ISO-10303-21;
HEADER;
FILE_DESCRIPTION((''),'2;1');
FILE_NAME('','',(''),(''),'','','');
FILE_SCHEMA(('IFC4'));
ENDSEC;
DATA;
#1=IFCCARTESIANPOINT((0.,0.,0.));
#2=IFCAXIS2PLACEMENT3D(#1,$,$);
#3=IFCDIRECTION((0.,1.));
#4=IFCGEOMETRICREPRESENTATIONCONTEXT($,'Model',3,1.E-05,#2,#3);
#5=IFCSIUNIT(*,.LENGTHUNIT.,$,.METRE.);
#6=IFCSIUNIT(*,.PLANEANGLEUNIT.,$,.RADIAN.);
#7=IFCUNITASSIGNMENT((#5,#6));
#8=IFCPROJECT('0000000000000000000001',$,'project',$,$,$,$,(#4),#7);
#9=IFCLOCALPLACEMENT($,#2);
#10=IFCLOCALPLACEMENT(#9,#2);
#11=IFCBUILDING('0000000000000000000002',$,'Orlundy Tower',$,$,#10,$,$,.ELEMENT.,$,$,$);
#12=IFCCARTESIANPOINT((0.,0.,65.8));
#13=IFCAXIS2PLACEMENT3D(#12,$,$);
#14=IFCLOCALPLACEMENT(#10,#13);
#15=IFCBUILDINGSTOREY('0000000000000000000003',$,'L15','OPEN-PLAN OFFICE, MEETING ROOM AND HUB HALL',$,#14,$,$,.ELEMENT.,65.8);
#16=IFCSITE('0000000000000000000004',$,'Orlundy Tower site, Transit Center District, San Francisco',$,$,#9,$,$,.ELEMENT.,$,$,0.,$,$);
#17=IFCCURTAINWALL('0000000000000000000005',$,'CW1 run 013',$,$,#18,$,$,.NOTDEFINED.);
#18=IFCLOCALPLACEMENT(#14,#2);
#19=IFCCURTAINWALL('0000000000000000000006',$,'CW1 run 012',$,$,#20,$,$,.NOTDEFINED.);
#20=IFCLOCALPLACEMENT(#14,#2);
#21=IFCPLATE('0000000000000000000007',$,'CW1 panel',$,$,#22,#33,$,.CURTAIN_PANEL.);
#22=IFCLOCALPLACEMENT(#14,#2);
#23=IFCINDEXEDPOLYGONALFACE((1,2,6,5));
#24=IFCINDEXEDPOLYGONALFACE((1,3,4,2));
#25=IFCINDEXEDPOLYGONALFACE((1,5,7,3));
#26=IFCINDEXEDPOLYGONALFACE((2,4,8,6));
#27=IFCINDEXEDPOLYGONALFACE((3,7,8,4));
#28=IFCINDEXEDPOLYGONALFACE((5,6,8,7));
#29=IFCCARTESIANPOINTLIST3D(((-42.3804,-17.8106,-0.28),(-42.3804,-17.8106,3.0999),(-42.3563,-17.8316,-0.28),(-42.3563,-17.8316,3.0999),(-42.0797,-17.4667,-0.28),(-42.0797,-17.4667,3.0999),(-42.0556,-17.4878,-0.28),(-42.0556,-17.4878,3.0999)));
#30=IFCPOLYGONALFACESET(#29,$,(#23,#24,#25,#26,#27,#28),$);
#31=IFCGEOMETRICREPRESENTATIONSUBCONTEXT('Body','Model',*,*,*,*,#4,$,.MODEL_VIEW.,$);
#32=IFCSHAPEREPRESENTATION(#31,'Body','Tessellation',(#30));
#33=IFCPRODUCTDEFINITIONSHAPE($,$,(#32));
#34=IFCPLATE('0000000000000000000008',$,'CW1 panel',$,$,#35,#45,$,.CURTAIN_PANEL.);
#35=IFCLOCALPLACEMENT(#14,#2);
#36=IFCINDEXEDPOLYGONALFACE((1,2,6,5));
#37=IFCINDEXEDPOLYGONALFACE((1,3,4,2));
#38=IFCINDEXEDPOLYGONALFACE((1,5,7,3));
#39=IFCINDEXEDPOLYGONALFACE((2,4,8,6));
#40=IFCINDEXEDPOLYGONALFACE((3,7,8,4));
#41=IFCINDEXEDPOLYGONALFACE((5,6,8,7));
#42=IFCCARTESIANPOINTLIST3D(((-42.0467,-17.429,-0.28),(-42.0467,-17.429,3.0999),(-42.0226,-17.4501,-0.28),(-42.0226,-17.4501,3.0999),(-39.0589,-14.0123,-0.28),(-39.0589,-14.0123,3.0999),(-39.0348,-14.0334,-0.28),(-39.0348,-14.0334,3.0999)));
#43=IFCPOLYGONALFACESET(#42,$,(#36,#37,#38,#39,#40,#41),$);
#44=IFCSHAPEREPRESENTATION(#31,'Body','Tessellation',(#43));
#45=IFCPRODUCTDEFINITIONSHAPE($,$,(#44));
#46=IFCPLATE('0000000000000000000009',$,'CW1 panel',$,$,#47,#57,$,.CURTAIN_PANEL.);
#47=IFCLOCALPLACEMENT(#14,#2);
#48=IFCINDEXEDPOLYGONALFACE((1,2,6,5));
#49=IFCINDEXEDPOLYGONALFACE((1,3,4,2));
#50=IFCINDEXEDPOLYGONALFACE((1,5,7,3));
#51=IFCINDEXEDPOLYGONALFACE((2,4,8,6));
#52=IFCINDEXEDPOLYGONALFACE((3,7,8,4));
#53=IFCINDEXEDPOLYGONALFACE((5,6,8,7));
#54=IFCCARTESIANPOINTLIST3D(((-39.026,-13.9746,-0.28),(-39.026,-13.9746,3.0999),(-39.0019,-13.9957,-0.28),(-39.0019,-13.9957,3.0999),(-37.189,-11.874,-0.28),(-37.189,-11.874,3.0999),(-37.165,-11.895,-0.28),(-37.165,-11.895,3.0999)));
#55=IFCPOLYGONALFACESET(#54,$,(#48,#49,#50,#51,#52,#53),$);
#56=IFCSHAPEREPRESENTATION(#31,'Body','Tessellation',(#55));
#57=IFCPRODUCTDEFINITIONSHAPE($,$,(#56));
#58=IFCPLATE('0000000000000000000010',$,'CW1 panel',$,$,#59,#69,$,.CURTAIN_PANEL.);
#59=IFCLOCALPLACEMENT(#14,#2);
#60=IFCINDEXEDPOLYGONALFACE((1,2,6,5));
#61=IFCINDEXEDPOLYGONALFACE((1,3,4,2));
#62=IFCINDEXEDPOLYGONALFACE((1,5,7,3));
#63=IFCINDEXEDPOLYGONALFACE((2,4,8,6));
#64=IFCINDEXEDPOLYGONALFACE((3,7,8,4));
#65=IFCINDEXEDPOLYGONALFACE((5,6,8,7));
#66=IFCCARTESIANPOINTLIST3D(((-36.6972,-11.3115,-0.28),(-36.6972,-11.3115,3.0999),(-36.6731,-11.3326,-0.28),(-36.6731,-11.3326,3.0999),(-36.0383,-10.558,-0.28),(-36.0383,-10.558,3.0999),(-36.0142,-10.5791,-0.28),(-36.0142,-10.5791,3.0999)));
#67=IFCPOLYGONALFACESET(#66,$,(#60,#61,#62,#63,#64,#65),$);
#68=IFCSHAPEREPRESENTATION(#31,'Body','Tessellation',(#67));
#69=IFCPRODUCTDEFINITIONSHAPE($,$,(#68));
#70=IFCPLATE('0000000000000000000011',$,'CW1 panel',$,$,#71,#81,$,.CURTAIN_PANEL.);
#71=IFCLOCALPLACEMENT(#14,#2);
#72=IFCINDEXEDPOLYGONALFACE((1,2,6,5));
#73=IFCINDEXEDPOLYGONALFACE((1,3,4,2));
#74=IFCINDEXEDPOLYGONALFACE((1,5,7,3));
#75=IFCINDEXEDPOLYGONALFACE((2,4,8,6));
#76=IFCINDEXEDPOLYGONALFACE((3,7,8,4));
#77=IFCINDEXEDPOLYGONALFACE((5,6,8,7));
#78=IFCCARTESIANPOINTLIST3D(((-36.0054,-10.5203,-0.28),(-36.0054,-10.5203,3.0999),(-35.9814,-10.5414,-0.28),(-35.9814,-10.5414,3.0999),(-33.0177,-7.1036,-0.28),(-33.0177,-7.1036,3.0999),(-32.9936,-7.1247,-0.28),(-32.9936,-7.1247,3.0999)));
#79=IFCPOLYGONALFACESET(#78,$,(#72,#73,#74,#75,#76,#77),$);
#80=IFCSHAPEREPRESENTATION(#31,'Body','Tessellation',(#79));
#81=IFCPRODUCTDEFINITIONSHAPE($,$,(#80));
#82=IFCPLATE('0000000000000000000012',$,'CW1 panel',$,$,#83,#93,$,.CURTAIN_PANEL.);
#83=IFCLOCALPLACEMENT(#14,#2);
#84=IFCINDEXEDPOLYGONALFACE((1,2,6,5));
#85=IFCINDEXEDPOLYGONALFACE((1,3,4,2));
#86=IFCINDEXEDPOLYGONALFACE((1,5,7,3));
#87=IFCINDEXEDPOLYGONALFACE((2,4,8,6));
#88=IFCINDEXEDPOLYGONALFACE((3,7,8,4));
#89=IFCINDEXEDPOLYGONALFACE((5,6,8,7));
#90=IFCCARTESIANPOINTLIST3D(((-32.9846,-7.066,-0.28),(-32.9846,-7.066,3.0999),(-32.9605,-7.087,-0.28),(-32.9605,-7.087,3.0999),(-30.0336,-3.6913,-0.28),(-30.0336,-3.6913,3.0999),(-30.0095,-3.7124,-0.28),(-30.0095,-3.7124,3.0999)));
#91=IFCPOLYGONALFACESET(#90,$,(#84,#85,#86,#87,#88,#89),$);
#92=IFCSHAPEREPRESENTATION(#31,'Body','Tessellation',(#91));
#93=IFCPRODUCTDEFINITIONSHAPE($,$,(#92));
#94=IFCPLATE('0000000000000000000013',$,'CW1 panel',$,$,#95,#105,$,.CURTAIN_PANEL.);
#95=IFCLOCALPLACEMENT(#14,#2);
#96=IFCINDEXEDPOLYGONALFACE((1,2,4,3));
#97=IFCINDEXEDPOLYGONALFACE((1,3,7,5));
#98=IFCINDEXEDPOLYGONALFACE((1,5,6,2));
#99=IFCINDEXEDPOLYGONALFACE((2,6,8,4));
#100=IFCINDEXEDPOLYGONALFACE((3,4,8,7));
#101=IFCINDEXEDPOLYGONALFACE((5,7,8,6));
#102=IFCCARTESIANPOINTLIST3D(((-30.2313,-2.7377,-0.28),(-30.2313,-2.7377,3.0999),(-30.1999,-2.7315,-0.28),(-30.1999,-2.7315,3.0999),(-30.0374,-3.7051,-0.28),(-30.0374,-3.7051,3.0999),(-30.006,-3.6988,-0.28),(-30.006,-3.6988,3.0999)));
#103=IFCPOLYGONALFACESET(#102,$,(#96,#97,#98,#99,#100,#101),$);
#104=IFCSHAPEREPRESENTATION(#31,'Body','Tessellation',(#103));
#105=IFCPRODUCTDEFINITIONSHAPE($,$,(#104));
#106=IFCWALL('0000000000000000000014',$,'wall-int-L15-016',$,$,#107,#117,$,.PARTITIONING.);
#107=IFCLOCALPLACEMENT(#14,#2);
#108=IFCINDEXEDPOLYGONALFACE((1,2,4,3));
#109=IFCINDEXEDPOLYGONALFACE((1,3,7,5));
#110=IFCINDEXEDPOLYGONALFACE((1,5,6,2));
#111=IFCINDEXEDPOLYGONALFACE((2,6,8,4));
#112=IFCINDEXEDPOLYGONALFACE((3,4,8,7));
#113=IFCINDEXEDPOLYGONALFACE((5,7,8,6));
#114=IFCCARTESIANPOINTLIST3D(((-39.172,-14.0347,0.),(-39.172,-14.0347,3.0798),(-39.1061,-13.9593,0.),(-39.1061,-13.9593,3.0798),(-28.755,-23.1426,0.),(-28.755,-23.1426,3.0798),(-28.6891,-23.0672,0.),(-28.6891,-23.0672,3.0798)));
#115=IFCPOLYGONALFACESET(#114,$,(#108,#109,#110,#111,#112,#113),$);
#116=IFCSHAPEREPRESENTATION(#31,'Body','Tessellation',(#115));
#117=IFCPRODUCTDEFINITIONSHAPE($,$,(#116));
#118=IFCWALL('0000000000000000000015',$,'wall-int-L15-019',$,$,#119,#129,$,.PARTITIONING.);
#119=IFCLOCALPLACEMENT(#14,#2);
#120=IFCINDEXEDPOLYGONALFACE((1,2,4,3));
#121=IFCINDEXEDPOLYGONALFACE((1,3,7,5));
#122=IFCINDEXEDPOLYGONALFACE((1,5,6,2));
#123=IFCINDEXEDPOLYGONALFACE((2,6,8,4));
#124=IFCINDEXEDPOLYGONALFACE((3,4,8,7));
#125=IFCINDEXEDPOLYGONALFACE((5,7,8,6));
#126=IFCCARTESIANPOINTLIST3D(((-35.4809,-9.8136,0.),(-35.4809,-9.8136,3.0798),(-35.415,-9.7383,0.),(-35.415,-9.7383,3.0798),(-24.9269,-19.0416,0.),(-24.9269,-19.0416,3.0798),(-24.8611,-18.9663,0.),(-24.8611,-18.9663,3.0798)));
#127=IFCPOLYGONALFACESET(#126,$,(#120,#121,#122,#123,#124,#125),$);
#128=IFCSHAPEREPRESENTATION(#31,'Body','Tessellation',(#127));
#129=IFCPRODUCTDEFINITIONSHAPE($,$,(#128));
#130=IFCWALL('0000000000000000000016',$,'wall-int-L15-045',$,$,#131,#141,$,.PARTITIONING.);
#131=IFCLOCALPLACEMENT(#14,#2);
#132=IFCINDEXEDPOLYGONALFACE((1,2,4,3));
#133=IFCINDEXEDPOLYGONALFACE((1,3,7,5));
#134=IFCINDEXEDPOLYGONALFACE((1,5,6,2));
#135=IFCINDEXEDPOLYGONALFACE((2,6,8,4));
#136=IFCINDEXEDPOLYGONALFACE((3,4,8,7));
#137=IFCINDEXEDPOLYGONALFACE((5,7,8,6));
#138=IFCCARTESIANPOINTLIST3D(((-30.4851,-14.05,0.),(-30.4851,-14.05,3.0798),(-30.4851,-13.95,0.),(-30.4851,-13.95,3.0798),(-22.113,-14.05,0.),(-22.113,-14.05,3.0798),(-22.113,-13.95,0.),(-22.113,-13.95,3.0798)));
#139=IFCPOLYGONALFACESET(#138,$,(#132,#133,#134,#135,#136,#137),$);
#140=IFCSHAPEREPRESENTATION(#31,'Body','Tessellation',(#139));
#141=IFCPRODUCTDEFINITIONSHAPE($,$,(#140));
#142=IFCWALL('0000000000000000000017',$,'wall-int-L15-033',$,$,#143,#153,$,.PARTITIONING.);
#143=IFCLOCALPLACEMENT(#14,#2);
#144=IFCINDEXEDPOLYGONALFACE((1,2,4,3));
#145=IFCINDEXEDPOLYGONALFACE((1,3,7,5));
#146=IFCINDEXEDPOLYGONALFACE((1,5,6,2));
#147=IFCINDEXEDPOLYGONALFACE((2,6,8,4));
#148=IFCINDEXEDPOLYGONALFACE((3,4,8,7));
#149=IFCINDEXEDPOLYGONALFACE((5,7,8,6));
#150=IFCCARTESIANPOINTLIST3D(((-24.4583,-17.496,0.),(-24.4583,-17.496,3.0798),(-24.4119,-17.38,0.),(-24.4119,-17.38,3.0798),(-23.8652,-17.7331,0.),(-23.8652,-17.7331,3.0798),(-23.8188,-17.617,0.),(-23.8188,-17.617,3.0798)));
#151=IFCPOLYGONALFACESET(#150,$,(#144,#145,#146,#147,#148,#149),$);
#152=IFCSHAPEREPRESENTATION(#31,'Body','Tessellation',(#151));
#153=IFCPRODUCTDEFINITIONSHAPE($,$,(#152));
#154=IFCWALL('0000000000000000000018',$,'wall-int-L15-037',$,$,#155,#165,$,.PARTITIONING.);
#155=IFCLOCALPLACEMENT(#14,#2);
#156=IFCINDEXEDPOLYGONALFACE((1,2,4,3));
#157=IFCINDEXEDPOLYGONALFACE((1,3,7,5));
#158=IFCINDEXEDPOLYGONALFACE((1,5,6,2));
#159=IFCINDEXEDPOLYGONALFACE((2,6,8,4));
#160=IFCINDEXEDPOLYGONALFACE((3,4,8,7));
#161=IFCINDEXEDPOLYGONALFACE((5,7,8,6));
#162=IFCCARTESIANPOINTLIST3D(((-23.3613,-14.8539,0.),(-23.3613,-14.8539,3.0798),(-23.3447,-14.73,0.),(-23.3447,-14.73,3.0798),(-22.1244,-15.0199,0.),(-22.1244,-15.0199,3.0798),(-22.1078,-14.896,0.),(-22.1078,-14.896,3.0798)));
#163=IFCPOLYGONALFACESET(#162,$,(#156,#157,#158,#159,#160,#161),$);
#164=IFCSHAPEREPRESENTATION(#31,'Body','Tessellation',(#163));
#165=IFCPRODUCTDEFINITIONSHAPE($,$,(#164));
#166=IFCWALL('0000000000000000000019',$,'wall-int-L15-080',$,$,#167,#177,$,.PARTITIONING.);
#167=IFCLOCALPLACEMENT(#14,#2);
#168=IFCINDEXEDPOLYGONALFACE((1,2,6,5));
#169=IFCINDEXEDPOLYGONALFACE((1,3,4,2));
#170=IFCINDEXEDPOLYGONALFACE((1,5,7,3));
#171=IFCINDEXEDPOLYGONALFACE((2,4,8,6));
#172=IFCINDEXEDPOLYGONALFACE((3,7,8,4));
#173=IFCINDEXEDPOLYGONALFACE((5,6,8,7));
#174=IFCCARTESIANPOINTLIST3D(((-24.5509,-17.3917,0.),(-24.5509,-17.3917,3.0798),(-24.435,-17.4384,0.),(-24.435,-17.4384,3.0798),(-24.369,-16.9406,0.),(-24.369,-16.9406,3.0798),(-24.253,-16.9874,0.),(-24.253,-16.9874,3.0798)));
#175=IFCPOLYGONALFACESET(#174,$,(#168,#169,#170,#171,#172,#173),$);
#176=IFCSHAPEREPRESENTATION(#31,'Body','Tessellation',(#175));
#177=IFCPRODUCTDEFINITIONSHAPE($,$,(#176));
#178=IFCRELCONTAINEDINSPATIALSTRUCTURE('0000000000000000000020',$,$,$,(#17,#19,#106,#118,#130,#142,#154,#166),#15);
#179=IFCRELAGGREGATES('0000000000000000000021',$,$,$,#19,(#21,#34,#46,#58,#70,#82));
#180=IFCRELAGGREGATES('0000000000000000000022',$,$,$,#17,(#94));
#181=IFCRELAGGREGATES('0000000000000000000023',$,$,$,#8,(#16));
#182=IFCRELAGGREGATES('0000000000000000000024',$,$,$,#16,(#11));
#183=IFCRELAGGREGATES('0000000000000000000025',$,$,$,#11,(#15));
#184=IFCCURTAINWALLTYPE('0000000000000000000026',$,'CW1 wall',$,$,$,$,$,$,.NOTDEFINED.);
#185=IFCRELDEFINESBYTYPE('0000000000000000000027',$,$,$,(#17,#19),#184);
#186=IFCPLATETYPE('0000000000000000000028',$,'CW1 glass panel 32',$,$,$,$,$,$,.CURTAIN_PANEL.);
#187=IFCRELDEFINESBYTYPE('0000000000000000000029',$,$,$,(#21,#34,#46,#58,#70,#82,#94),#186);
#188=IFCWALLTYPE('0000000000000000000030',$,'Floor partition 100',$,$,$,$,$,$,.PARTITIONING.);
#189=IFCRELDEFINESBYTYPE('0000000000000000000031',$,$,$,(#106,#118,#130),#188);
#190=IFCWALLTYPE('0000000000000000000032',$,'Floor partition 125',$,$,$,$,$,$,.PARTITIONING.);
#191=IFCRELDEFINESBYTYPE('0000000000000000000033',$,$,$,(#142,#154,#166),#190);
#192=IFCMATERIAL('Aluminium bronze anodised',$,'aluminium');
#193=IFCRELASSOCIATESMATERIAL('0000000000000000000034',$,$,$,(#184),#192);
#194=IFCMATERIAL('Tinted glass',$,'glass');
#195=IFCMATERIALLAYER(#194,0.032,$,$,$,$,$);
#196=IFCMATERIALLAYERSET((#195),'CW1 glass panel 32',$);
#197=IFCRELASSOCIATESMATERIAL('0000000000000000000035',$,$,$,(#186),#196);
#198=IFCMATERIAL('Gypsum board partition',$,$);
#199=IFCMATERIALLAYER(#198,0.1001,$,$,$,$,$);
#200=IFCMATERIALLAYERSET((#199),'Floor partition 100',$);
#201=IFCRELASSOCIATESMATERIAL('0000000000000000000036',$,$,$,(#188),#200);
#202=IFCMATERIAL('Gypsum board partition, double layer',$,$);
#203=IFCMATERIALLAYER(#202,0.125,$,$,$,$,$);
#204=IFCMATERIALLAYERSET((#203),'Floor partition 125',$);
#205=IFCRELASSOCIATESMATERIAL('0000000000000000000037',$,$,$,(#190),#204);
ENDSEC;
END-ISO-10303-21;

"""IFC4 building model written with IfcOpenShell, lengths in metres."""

from ifc_helpers import new_model, si_unit, direction, frame, frame_2d, origin, origin_2d, place, context, subcontext, project, spatial, rectangle, extrude, material, layer, layer_set, type_object, element, aggregate, save


model = new_model("IFC4")

# Units and contexts
model_context = context("Model", 3, precision=1e-05, world=origin(), true_north=direction((0.0, 1.0)))
body_context = subcontext(model_context, "Body", "Model", "MODEL_VIEW")
ifc_project = project(units=[si_unit("LENGTHUNIT", "METRE"), si_unit("PLANEANGLEUNIT", "RADIAN")], contexts=[model_context])

# Site, building, storey
site_placement = place(None, origin())
site = spatial("IfcSite", under=ifc_project, at=site_placement, Name="Orlundy Tower site, Transit Center District, San Francisco", CompositionType="ELEMENT", RefElevation=0.0)
building_placement = place(site_placement, origin())
building = spatial("IfcBuilding", under=site, at=building_placement, Name="Orlundy Tower", CompositionType="ELEMENT")
storey_placement = place(building_placement, frame((0.0, 0.0, 65.8)))
storey = spatial("IfcBuildingStorey", under=building, at=storey_placement, Name="L15", Description="OPEN-PLAN OFFICE, MEETING ROOM AND HUB HALL", CompositionType="ELEMENT", Elevation=65.8)

# Curtain wall
ifc_material_1 = material(Name="Aluminium bronze anodised", Category="aluminium")
curtain_wall_type = type_object("IfcCurtainWallType", Name="CW1 wall", PredefinedType="NOTDEFINED", material=ifc_material_1)
curtain_wall_1_placement = place(storey_placement, origin())
curtain_wall_1 = element("IfcCurtainWall", 1, at=curtain_wall_1_placement, inside=storey, type_object=curtain_wall_type, Name="CW1 run 013", PredefinedType="NOTDEFINED")

# Curtain wall
curtain_wall_2_placement = place(storey_placement, origin())
curtain_wall_2 = element("IfcCurtainWall", 2, at=curtain_wall_2_placement, inside=storey, type_object=curtain_wall_type, Name="CW1 run 012", PredefinedType="NOTDEFINED")

# Plates
ifc_material_2 = material(Name="Tinted glass", Category="glass")
ifc_layer_1 = layer(ifc_material_2, 0.032)
ifc_layer_set_1 = layer_set([ifc_layer_1], Name="CW1 glass panel 32")
plate_type = type_object("IfcPlateType", Name="CW1 glass panel 32", PredefinedType="CURTAIN_PANEL", material=ifc_layer_set_1)
plate_1_placement = place(storey_placement, frame((-42.218, -17.6492, -0.28), z_axis=(0.0, 0.0, 1.0), x_axis=(0.658273, 0.752779, 0.0)))
plate_1 = element("IfcPlate", 3, at=plate_1_placement, type_object=plate_type, Name="CW1 panel", PredefinedType="CURTAIN_PANEL", context=body_context, shape_type="SweptSolid", body=[
    extrude(rectangle(XDim=0.4568, YDim=0.032, at=origin_2d()), origin(), (0.0, 0.0, 1.0), 3.3799),
])
plate_2_placement = place(storey_placement, frame((-40.5408, -15.7312, -0.28), z_axis=(0.0, 0.0, 1.0), x_axis=(0.658273, 0.752779, 0.0)))
plate_2 = element("IfcPlate", 4, at=plate_2_placement, type_object=plate_type, Name="CW1 panel", PredefinedType="CURTAIN_PANEL", context=body_context, shape_type="SweptSolid", body=[
    extrude(rectangle(XDim=4.5388, YDim=0.032, at=origin_2d()), origin(), (0.0, 0.0, 1.0), 3.3799),
])
plate_3_placement = place(storey_placement, frame((-38.0955, -12.9348, -0.28), z_axis=(0.0, 0.0, 1.0), x_axis=(0.658273, 0.752779, 0.0)))
plate_3 = element("IfcPlate", 5, at=plate_3_placement, type_object=plate_type, Name="CW1 panel", PredefinedType="CURTAIN_PANEL", context=body_context, shape_type="SweptSolid", body=[
    extrude(rectangle(XDim=2.7905, YDim=0.032, at=origin_2d()), origin(), (0.0, 0.0, 1.0), 3.3799),
])
plate_4_placement = place(storey_placement, frame((-36.3557, -10.9453, -0.28), z_axis=(0.0, 0.0, 1.0), x_axis=(0.658273, 0.752779, 0.0)))
plate_4 = element("IfcPlate", 6, at=plate_4_placement, type_object=plate_type, Name="CW1 panel", PredefinedType="CURTAIN_PANEL", context=body_context, shape_type="SweptSolid", body=[
    extrude(rectangle(XDim=1.001, YDim=0.032, at=origin_2d()), origin(), (0.0, 0.0, 1.0), 3.3799),
])
plate_5_placement = place(storey_placement, frame((-34.4995, -8.8225, -0.28), z_axis=(0.0, 0.0, 1.0), x_axis=(0.658273, 0.752779, 0.0)))
plate_5 = element("IfcPlate", 7, at=plate_5_placement, type_object=plate_type, Name="CW1 panel", PredefinedType="CURTAIN_PANEL", context=body_context, shape_type="SweptSolid", body=[
    extrude(rectangle(XDim=4.5388, YDim=0.032, at=origin_2d()), origin(), (0.0, 0.0, 1.0), 3.3799),
])
plate_6_placement = place(storey_placement, frame((-31.4971, -5.3892, -0.28), z_axis=(0.0, 0.0, 1.0), x_axis=(0.658273, 0.752779, 0.0)))
plate_6 = element("IfcPlate", 8, at=plate_6_placement, type_object=plate_type, Name="CW1 panel", PredefinedType="CURTAIN_PANEL", context=body_context, shape_type="SweptSolid", body=[
    extrude(rectangle(XDim=4.4829, YDim=0.032, at=origin_2d()), origin(), (0.0, 0.0, 1.0), 3.3799),
])
aggregate(curtain_wall_2, [plate_1, plate_2, plate_3, plate_4, plate_5, plate_6])
plate_7_placement = place(storey_placement, frame((-30.1187, -3.2183, -0.28), z_axis=(0.0, 0.0, 1.0), x_axis=(-0.196529, 0.980498, 0.0)))
plate_7 = element("IfcPlate", 9, at=plate_7_placement, type_object=plate_type, Name="CW1 panel", PredefinedType="CURTAIN_PANEL", context=body_context, shape_type="SweptSolid", body=[
    extrude(rectangle(XDim=0.9866, YDim=0.032, at=origin_2d()), origin(), (0.0, 0.0, 1.0), 3.3799),
])
aggregate(curtain_wall_1, [plate_7])

# Walls
ifc_material_3 = material(Name="Gypsum board partition")
ifc_layer_2 = layer(ifc_material_3, 0.1001)
ifc_layer_set_2 = layer_set([ifc_layer_2], Name="Floor partition 100")
wall_type_1 = type_object("IfcWallType", Name="Floor partition 100", PredefinedType="PARTITIONING", material=ifc_layer_set_2)
wall_1_placement = place(storey_placement, frame((-39.1389, -13.9971, 0.0), z_axis=(0.0, 0.0, 1.0), x_axis=(0.752826, -0.65822, 0.0)))
element("IfcWall", 10, at=wall_1_placement, inside=storey, type_object=wall_type_1, Name="wall-int-L15-016", PredefinedType="PARTITIONING", context=body_context, shape_type="SweptSolid", body=[
    extrude(rectangle(XDim=13.8372, YDim=0.1001, at=frame_2d((6.9185, 0.0))), origin(), (0.0, 0.0, 1.0), 3.0798),
])
wall_2_placement = place(storey_placement, frame((-35.448, -9.7759, 0.0), z_axis=(0.0, 0.0, 1.0), x_axis=(0.752813, -0.658235, 0.0)))
element("IfcWall", 11, at=wall_2_placement, inside=storey, type_object=wall_type_1, Name="wall-int-L15-019", PredefinedType="PARTITIONING", context=body_context, shape_type="SweptSolid", body=[
    extrude(rectangle(XDim=14.0193, YDim=0.1001, at=frame_2d((7.0098, 0.0))), origin(), (0.0, 0.0, 1.0), 3.0798),
])
wall_3_placement = place(storey_placement, frame((-30.4851, -14.0, 0.0), z_axis=(0.0, 0.0, 1.0), x_axis=(1.0, 0.0, 0.0)))
element("IfcWall", 12, at=wall_3_placement, inside=storey, type_object=wall_type_1, Name="wall-int-L15-045", PredefinedType="PARTITIONING", context=body_context, shape_type="SweptSolid", body=[
    extrude(rectangle(XDim=8.3721, YDim=0.1001, at=frame_2d((4.186, 0.0))), origin(), (0.0, 0.0, 1.0), 3.0798),
])
ifc_material_4 = material(Name="Gypsum board partition, double layer")
ifc_layer_3 = layer(ifc_material_4, 0.125)
ifc_layer_set_3 = layer_set([ifc_layer_3], Name="Floor partition 125")
wall_type_2 = type_object("IfcWallType", Name="Floor partition 125", PredefinedType="PARTITIONING", material=ifc_layer_set_3)
wall_4_placement = place(storey_placement, frame((-24.4351, -17.438, 0.0), z_axis=(0.0, 0.0, 1.0), x_axis=(0.928556, -0.371193, 0.0)))
element("IfcWall", 13, at=wall_4_placement, inside=storey, type_object=wall_type_2, Name="wall-int-L15-033", PredefinedType="PARTITIONING", context=body_context, shape_type="SweptSolid", body=[
    extrude(rectangle(XDim=0.6387, YDim=0.125, at=frame_2d((0.3193, 0.0))), origin(), (0.0, 0.0, 1.0), 3.0798),
])
wall_5_placement = place(storey_placement, frame((-23.353, -14.792, 0.0), z_axis=(0.0, 0.0, 1.0), x_axis=(0.991115, -0.133009, 0.0)))
element("IfcWall", 14, at=wall_5_placement, inside=storey, type_object=wall_type_2, Name="wall-int-L15-037", PredefinedType="PARTITIONING", context=body_context, shape_type="SweptSolid", body=[
    extrude(rectangle(XDim=1.248, YDim=0.125, at=frame_2d((0.624, 0.0))), origin(), (0.0, 0.0, 1.0), 3.0798),
])
wall_6_placement = place(storey_placement, frame((-24.4929, -17.415, 0.0), z_axis=(0.0, 0.0, 1.0), x_axis=(0.374073, 0.927399, 0.0)))
element("IfcWall", 15, at=wall_6_placement, inside=storey, type_object=wall_type_2, Name="wall-int-L15-080", PredefinedType="PARTITIONING", context=body_context, shape_type="SweptSolid", body=[
    extrude(rectangle(XDim=0.4863, YDim=0.125, at=frame_2d((0.2432, 0.0))), origin(), (0.0, 0.0, 1.0), 3.0798),
])

save(model, "model.ifc")
